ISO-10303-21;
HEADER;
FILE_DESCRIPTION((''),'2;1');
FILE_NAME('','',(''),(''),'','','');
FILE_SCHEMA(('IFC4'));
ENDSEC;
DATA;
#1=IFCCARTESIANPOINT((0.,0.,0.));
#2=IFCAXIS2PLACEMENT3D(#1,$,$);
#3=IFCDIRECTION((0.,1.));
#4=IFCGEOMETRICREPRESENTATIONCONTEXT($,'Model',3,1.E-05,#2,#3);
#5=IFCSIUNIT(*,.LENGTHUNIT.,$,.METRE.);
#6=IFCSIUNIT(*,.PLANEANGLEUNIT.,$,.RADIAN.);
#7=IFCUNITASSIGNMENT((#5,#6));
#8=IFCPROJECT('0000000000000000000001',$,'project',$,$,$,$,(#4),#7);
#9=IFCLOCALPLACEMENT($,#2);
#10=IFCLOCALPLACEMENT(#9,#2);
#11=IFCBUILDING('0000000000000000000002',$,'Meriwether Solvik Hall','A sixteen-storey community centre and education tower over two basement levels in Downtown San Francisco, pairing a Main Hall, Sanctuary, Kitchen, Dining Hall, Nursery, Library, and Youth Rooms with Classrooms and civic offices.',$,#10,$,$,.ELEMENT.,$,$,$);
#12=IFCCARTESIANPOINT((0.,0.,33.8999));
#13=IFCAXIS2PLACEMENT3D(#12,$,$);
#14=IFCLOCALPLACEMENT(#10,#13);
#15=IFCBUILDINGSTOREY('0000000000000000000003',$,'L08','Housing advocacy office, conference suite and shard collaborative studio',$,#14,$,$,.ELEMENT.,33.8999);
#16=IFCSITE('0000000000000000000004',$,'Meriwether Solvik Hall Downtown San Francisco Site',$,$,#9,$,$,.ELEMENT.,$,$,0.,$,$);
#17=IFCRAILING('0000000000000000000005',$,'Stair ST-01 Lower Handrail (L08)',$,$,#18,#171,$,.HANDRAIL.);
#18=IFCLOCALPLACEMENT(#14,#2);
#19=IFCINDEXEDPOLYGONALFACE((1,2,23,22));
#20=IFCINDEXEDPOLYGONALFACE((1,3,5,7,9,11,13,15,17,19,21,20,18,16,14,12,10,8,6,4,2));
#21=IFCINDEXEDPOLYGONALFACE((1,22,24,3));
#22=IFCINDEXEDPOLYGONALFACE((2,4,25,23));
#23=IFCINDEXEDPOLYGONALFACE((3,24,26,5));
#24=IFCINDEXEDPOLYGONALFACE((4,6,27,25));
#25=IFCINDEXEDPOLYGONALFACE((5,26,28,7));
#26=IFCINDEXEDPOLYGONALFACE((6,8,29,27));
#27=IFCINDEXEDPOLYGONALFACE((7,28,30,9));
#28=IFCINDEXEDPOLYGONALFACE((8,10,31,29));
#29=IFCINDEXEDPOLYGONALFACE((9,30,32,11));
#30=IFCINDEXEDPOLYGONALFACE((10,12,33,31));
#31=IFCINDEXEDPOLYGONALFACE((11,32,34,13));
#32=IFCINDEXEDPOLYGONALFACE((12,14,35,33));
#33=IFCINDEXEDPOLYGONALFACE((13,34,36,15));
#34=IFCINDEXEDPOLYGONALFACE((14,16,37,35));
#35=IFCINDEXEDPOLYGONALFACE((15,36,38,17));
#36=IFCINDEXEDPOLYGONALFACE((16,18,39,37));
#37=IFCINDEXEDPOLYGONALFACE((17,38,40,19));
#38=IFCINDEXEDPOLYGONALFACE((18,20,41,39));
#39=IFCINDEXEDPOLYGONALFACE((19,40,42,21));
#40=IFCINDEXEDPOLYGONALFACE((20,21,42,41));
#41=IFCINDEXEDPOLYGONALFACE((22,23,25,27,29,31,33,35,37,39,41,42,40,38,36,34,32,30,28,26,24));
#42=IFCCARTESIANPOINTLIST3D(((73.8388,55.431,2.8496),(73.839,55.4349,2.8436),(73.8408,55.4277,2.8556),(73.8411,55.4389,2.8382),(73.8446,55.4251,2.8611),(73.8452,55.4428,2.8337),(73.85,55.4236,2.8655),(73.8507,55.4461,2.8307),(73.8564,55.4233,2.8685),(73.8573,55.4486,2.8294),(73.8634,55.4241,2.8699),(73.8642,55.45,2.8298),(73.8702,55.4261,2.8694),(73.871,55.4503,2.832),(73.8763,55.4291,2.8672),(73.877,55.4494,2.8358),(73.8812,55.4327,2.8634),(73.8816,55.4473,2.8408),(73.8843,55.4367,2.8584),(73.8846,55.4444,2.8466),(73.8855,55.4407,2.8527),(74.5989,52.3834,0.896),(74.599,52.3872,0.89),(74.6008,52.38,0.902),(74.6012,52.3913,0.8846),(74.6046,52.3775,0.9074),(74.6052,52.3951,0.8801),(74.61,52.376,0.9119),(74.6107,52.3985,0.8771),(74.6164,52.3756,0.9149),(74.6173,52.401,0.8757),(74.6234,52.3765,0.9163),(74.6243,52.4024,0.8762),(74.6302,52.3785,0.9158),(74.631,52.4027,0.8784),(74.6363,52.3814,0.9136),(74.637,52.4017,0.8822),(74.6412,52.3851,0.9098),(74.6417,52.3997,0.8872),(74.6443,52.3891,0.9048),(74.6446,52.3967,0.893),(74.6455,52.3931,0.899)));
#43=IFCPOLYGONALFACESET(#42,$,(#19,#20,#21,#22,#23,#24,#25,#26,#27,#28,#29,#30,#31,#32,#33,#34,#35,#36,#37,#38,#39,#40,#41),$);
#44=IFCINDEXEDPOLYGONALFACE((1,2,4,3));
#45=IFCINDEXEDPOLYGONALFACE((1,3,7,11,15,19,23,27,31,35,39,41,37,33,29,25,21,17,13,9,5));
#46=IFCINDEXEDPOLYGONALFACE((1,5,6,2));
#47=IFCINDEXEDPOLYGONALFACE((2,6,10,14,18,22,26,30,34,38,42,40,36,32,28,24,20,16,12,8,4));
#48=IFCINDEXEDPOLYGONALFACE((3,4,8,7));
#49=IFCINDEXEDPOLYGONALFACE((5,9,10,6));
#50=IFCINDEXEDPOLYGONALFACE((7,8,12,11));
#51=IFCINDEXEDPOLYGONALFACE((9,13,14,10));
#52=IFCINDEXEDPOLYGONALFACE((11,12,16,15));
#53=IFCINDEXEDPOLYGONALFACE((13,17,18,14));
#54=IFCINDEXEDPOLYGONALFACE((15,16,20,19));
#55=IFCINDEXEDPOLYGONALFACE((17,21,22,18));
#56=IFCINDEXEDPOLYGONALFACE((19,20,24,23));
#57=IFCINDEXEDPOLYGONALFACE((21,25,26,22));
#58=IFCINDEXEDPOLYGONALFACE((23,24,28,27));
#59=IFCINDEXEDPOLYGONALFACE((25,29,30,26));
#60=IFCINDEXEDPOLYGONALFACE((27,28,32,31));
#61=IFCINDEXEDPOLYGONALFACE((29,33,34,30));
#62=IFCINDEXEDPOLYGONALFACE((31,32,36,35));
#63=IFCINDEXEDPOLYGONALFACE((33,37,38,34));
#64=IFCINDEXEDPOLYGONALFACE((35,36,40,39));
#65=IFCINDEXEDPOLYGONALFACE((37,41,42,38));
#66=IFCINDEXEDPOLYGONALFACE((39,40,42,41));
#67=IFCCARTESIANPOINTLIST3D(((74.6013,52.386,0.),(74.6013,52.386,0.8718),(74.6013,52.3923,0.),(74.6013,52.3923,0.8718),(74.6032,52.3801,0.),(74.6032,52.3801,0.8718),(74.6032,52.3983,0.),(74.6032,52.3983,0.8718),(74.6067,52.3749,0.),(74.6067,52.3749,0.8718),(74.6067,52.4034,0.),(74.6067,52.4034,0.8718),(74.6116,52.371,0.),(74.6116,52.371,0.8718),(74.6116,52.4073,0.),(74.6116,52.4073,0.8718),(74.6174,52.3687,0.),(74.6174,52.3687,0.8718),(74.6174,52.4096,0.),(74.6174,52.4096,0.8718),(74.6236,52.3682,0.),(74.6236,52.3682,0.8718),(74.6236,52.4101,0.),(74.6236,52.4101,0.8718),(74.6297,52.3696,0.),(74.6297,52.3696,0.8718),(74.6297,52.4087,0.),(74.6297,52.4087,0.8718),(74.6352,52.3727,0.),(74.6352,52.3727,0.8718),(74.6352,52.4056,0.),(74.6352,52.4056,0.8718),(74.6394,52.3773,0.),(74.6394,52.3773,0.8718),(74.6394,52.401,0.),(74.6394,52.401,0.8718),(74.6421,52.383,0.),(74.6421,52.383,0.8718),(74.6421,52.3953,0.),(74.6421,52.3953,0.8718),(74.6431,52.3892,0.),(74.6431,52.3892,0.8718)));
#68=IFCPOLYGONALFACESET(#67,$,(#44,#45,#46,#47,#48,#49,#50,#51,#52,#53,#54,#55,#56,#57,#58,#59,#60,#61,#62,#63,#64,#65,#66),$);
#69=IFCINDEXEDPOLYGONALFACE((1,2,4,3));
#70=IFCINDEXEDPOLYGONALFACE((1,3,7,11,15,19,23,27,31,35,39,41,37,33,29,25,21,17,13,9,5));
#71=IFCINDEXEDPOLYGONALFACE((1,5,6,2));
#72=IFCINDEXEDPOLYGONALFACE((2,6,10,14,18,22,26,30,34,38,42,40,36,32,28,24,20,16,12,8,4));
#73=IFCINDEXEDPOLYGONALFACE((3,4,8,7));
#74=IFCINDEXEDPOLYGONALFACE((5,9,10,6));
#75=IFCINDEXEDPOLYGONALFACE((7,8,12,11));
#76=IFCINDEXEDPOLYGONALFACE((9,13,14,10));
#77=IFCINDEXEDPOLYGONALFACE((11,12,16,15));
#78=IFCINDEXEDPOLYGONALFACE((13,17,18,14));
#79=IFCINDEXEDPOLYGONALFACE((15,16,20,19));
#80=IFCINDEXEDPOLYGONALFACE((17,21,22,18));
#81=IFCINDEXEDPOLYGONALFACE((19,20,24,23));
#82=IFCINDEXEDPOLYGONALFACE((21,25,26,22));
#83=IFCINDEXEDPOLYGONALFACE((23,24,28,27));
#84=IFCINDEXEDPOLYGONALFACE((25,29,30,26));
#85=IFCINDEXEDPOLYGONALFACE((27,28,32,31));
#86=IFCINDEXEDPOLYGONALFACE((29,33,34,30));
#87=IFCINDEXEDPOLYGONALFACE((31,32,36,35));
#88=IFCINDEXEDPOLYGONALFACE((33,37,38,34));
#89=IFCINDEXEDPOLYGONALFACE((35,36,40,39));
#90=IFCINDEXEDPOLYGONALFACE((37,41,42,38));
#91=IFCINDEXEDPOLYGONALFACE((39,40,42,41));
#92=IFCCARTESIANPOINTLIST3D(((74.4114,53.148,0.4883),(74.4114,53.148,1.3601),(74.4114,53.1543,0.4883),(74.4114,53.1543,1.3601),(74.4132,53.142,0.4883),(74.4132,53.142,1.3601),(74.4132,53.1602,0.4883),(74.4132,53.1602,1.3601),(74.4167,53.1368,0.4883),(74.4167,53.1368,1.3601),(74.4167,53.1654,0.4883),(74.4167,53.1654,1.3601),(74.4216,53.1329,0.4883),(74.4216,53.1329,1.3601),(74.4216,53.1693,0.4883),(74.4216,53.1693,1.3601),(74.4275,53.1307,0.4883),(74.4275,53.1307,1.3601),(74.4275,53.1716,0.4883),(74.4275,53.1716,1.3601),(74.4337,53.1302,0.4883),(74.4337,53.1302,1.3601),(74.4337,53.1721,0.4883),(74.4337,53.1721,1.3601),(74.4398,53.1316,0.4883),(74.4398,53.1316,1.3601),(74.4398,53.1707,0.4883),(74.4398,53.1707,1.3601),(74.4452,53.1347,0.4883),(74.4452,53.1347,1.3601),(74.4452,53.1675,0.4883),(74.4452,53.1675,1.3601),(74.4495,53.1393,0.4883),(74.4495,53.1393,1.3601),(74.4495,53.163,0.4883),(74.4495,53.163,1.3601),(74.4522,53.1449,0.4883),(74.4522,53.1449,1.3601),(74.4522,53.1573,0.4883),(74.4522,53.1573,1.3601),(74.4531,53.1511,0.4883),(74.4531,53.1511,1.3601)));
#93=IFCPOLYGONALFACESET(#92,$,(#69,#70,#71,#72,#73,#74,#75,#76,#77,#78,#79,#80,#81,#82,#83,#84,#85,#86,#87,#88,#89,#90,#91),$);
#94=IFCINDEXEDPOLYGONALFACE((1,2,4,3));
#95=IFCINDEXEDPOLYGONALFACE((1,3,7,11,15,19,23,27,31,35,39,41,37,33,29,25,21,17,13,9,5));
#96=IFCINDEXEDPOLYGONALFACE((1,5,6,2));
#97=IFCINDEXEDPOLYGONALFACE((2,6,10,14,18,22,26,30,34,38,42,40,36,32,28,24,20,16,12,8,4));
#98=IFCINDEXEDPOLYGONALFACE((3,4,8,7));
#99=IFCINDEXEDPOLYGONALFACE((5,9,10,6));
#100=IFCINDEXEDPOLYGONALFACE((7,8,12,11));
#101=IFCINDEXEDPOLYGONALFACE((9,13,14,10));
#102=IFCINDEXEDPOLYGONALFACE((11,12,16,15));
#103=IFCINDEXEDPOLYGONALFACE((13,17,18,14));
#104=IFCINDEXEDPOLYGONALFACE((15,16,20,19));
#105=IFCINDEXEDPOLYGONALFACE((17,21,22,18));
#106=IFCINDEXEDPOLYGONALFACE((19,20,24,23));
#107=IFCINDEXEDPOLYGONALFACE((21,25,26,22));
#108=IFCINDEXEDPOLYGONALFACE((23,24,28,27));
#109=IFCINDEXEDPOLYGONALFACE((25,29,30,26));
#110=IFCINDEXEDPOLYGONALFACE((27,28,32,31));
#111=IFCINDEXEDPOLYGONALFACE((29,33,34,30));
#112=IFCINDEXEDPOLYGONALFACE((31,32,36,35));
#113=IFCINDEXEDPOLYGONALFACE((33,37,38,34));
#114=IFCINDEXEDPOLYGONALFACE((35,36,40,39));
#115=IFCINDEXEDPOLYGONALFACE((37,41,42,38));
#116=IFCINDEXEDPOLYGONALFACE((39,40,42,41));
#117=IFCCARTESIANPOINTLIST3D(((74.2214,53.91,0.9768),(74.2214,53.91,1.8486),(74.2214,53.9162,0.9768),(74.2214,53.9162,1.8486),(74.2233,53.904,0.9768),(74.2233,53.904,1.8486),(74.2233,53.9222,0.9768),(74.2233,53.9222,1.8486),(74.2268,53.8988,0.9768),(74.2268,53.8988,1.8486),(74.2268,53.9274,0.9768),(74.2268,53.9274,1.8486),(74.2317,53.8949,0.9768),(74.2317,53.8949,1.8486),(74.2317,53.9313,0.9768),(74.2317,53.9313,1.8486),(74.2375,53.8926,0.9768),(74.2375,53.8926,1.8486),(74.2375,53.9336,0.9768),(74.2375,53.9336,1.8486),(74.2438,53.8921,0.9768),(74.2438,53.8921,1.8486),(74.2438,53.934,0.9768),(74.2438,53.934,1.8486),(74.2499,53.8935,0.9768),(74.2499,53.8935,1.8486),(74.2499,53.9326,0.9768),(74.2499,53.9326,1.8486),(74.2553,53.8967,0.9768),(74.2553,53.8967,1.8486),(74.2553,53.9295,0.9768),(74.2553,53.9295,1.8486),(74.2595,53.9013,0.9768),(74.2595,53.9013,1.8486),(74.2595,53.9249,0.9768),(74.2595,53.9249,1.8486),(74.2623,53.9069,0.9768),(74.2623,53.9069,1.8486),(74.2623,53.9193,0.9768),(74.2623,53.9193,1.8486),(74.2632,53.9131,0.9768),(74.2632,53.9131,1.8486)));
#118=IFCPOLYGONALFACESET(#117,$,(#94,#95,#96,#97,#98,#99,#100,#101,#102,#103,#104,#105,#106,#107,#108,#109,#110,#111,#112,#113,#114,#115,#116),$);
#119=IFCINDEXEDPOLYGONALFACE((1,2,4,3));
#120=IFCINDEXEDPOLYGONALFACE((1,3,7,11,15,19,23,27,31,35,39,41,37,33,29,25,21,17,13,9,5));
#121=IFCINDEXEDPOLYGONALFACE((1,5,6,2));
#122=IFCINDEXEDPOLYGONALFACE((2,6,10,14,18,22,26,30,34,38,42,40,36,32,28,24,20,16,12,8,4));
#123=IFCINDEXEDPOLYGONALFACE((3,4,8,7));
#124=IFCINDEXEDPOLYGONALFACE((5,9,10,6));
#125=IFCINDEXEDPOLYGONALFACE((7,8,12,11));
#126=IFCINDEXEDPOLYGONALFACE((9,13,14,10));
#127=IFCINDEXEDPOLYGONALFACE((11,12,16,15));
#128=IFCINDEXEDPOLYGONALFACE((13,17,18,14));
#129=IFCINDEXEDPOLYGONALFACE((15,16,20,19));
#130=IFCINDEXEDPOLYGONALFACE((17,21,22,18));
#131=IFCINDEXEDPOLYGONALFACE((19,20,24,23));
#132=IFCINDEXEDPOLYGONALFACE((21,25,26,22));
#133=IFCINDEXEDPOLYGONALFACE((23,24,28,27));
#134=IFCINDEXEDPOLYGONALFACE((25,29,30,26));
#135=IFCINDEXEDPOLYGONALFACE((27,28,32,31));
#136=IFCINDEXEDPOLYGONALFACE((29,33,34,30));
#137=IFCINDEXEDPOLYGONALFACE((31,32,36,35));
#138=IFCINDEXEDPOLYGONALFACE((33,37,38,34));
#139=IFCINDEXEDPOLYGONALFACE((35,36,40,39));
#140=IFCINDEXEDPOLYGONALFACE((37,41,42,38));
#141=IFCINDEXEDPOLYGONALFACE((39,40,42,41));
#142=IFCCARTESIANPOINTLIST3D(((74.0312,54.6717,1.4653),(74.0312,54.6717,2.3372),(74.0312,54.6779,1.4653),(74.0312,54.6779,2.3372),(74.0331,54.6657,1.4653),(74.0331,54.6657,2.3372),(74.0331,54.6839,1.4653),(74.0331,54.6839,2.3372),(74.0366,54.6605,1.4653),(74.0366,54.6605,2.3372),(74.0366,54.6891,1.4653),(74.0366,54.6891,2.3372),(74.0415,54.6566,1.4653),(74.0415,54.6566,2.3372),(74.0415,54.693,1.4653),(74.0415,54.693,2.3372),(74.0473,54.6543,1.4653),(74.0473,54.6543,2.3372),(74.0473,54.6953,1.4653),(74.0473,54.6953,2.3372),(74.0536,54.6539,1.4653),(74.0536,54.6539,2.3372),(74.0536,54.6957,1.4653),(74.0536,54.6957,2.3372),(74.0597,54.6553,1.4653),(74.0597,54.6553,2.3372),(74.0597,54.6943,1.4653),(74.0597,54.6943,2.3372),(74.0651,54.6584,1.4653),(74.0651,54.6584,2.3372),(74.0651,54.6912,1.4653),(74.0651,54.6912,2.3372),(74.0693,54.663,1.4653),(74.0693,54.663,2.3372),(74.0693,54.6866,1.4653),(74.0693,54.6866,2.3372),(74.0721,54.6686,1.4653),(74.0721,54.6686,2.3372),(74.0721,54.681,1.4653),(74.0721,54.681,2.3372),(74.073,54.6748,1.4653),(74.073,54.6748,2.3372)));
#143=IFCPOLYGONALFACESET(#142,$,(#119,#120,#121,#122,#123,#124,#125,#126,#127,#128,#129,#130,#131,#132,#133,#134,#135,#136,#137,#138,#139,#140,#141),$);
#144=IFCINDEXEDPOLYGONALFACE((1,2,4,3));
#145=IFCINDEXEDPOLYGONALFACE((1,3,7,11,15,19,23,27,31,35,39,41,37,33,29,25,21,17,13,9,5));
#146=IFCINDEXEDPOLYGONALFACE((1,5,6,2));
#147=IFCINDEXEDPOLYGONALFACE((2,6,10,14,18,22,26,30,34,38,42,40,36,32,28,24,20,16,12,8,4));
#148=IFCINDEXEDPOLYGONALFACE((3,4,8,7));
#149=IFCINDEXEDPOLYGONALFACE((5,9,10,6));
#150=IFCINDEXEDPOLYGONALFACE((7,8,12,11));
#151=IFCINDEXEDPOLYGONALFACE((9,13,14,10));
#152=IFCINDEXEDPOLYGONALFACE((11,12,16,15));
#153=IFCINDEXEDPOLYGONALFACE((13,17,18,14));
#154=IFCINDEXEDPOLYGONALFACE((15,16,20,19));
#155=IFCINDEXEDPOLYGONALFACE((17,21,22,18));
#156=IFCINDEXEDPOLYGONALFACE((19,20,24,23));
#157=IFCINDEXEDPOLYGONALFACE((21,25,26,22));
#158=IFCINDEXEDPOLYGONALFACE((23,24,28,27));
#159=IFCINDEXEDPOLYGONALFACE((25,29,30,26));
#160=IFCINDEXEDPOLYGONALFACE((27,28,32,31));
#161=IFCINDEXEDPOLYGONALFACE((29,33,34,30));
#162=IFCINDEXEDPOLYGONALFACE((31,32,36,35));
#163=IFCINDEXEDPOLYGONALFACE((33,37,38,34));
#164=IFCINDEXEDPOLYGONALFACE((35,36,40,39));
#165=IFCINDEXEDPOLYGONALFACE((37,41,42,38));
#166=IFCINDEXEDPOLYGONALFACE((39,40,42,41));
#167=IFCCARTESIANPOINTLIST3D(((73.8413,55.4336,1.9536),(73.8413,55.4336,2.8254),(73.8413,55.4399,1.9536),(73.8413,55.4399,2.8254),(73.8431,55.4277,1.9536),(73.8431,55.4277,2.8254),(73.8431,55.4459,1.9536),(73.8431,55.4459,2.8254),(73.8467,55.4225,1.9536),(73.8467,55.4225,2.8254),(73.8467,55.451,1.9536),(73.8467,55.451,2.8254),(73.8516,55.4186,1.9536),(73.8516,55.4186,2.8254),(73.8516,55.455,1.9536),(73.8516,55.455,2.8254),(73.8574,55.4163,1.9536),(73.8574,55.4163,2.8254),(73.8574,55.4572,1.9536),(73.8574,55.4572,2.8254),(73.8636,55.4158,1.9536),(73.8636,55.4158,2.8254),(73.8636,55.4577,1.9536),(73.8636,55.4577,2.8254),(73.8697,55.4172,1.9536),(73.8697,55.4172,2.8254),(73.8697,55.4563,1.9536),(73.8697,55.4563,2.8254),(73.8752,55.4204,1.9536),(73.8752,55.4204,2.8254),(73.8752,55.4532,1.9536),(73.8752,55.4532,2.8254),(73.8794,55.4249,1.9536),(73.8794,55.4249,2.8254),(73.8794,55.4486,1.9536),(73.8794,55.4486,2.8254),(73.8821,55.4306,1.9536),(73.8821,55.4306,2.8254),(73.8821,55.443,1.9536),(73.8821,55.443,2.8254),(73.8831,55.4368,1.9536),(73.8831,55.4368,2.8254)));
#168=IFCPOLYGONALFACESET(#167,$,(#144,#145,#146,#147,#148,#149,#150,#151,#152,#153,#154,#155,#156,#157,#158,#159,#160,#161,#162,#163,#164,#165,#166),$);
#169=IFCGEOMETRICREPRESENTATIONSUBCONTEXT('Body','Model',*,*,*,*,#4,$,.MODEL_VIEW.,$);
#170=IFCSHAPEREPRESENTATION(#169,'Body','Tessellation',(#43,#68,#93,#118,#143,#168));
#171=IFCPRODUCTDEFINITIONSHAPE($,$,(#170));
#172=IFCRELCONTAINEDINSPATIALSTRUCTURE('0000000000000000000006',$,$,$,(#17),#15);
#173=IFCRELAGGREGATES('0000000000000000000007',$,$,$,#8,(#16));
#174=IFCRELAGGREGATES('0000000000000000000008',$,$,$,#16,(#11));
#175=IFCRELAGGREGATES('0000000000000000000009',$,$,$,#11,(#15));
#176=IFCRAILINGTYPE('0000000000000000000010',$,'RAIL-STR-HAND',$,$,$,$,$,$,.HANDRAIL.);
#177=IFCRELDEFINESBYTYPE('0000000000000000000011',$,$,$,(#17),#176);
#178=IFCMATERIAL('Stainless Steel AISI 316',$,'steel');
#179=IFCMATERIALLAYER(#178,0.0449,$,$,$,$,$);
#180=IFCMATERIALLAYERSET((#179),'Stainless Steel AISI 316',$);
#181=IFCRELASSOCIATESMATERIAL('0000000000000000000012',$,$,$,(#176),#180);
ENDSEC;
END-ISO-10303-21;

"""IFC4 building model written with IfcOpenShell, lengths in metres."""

from ifc_helpers import new_model, si_unit, direction, frame, origin, origin_2d, place, context, subcontext, project, spatial, circle, extrude, material, layer, layer_set, type_object, element, save


model = new_model("IFC4")

# Units and contexts
model_context = context("Model", 3, precision=1e-05, world=origin(), true_north=direction((0.0, 1.0)))
body_context = subcontext(model_context, "Body", "Model", "MODEL_VIEW")
ifc_project = project(units=[si_unit("LENGTHUNIT", "METRE"), si_unit("PLANEANGLEUNIT", "RADIAN")], contexts=[model_context])

# Site, building, storey
site_placement = place(None, origin())
site = spatial("IfcSite", under=ifc_project, at=site_placement, Name="Meriwether Solvik Hall Downtown San Francisco Site", CompositionType="ELEMENT", RefElevation=0.0)
building_placement = place(site_placement, origin())
building = spatial("IfcBuilding", under=site, at=building_placement, Name="Meriwether Solvik Hall", Description="A sixteen-storey community centre and education tower over two basement levels in Downtown San Francisco, pairing a Main Hall, Sanctuary, Kitchen, Dining Hall, Nursery, Library, and Youth Rooms with Classrooms and civic offices.", CompositionType="ELEMENT")
storey_placement = place(building_placement, frame((0.0, 0.0, 33.8999)))
storey = spatial("IfcBuildingStorey", under=building, at=storey_placement, Name="L08", Description="Housing advocacy office, conference suite and shard collaborative studio", CompositionType="ELEMENT", Elevation=33.8999)

# Railing
ifc_material_1 = material(Name="Stainless Steel AISI 316", Category="steel")
ifc_layer_1 = layer(ifc_material_1, 0.0449)
ifc_layer_set_1 = layer_set([ifc_layer_1], Name="Stainless Steel AISI 316")
railing_type_1 = type_object("IfcRailingType", Name="RAIL-STR-HAND", PredefinedType="HANDRAIL", material=ifc_layer_set_1)
railing_1_placement = place(storey_placement, frame((74.6221, 52.3892, 0.0)))
element("IfcRailing", 1, at=railing_1_placement, inside=storey, type_object=railing_type_1, Name="Stair ST-01 Lower Handrail (L08)", PredefinedType="HANDRAIL", context=body_context, shape_type="SweptSolid", body=[
    extrude(circle(Radius=0.0239, at=origin_2d()), frame((0.0, 0.0, 0.896), z_axis=(-0.205467, 0.823915, 0.528155), x_axis=(-0.970284, -0.241969, 0.0)), (0.0, 0.0, 1.0), 3.699),
    extrude(circle(Radius=0.021, at=origin_2d()), origin(), (0.0, 0.0, 1.0), 0.8718),
    extrude(circle(Radius=0.021, at=origin_2d()), frame((-0.1899, 0.762, 0.4883)), (0.0, 0.0, 1.0), 0.8718),
    extrude(circle(Radius=0.021, at=origin_2d()), frame((-0.3799, 1.5239, 0.9768)), (0.0, 0.0, 1.0), 0.8718),
    extrude(circle(Radius=0.021, at=origin_2d()), frame((-0.5701, 2.2856, 1.4653)), (0.0, 0.0, 1.0), 0.8718),
    extrude(circle(Radius=0.021, at=origin_2d()), frame((-0.76, 3.0476, 1.9536)), (0.0, 0.0, 1.0), 0.8718),
])

save(model, "model.ifc")
